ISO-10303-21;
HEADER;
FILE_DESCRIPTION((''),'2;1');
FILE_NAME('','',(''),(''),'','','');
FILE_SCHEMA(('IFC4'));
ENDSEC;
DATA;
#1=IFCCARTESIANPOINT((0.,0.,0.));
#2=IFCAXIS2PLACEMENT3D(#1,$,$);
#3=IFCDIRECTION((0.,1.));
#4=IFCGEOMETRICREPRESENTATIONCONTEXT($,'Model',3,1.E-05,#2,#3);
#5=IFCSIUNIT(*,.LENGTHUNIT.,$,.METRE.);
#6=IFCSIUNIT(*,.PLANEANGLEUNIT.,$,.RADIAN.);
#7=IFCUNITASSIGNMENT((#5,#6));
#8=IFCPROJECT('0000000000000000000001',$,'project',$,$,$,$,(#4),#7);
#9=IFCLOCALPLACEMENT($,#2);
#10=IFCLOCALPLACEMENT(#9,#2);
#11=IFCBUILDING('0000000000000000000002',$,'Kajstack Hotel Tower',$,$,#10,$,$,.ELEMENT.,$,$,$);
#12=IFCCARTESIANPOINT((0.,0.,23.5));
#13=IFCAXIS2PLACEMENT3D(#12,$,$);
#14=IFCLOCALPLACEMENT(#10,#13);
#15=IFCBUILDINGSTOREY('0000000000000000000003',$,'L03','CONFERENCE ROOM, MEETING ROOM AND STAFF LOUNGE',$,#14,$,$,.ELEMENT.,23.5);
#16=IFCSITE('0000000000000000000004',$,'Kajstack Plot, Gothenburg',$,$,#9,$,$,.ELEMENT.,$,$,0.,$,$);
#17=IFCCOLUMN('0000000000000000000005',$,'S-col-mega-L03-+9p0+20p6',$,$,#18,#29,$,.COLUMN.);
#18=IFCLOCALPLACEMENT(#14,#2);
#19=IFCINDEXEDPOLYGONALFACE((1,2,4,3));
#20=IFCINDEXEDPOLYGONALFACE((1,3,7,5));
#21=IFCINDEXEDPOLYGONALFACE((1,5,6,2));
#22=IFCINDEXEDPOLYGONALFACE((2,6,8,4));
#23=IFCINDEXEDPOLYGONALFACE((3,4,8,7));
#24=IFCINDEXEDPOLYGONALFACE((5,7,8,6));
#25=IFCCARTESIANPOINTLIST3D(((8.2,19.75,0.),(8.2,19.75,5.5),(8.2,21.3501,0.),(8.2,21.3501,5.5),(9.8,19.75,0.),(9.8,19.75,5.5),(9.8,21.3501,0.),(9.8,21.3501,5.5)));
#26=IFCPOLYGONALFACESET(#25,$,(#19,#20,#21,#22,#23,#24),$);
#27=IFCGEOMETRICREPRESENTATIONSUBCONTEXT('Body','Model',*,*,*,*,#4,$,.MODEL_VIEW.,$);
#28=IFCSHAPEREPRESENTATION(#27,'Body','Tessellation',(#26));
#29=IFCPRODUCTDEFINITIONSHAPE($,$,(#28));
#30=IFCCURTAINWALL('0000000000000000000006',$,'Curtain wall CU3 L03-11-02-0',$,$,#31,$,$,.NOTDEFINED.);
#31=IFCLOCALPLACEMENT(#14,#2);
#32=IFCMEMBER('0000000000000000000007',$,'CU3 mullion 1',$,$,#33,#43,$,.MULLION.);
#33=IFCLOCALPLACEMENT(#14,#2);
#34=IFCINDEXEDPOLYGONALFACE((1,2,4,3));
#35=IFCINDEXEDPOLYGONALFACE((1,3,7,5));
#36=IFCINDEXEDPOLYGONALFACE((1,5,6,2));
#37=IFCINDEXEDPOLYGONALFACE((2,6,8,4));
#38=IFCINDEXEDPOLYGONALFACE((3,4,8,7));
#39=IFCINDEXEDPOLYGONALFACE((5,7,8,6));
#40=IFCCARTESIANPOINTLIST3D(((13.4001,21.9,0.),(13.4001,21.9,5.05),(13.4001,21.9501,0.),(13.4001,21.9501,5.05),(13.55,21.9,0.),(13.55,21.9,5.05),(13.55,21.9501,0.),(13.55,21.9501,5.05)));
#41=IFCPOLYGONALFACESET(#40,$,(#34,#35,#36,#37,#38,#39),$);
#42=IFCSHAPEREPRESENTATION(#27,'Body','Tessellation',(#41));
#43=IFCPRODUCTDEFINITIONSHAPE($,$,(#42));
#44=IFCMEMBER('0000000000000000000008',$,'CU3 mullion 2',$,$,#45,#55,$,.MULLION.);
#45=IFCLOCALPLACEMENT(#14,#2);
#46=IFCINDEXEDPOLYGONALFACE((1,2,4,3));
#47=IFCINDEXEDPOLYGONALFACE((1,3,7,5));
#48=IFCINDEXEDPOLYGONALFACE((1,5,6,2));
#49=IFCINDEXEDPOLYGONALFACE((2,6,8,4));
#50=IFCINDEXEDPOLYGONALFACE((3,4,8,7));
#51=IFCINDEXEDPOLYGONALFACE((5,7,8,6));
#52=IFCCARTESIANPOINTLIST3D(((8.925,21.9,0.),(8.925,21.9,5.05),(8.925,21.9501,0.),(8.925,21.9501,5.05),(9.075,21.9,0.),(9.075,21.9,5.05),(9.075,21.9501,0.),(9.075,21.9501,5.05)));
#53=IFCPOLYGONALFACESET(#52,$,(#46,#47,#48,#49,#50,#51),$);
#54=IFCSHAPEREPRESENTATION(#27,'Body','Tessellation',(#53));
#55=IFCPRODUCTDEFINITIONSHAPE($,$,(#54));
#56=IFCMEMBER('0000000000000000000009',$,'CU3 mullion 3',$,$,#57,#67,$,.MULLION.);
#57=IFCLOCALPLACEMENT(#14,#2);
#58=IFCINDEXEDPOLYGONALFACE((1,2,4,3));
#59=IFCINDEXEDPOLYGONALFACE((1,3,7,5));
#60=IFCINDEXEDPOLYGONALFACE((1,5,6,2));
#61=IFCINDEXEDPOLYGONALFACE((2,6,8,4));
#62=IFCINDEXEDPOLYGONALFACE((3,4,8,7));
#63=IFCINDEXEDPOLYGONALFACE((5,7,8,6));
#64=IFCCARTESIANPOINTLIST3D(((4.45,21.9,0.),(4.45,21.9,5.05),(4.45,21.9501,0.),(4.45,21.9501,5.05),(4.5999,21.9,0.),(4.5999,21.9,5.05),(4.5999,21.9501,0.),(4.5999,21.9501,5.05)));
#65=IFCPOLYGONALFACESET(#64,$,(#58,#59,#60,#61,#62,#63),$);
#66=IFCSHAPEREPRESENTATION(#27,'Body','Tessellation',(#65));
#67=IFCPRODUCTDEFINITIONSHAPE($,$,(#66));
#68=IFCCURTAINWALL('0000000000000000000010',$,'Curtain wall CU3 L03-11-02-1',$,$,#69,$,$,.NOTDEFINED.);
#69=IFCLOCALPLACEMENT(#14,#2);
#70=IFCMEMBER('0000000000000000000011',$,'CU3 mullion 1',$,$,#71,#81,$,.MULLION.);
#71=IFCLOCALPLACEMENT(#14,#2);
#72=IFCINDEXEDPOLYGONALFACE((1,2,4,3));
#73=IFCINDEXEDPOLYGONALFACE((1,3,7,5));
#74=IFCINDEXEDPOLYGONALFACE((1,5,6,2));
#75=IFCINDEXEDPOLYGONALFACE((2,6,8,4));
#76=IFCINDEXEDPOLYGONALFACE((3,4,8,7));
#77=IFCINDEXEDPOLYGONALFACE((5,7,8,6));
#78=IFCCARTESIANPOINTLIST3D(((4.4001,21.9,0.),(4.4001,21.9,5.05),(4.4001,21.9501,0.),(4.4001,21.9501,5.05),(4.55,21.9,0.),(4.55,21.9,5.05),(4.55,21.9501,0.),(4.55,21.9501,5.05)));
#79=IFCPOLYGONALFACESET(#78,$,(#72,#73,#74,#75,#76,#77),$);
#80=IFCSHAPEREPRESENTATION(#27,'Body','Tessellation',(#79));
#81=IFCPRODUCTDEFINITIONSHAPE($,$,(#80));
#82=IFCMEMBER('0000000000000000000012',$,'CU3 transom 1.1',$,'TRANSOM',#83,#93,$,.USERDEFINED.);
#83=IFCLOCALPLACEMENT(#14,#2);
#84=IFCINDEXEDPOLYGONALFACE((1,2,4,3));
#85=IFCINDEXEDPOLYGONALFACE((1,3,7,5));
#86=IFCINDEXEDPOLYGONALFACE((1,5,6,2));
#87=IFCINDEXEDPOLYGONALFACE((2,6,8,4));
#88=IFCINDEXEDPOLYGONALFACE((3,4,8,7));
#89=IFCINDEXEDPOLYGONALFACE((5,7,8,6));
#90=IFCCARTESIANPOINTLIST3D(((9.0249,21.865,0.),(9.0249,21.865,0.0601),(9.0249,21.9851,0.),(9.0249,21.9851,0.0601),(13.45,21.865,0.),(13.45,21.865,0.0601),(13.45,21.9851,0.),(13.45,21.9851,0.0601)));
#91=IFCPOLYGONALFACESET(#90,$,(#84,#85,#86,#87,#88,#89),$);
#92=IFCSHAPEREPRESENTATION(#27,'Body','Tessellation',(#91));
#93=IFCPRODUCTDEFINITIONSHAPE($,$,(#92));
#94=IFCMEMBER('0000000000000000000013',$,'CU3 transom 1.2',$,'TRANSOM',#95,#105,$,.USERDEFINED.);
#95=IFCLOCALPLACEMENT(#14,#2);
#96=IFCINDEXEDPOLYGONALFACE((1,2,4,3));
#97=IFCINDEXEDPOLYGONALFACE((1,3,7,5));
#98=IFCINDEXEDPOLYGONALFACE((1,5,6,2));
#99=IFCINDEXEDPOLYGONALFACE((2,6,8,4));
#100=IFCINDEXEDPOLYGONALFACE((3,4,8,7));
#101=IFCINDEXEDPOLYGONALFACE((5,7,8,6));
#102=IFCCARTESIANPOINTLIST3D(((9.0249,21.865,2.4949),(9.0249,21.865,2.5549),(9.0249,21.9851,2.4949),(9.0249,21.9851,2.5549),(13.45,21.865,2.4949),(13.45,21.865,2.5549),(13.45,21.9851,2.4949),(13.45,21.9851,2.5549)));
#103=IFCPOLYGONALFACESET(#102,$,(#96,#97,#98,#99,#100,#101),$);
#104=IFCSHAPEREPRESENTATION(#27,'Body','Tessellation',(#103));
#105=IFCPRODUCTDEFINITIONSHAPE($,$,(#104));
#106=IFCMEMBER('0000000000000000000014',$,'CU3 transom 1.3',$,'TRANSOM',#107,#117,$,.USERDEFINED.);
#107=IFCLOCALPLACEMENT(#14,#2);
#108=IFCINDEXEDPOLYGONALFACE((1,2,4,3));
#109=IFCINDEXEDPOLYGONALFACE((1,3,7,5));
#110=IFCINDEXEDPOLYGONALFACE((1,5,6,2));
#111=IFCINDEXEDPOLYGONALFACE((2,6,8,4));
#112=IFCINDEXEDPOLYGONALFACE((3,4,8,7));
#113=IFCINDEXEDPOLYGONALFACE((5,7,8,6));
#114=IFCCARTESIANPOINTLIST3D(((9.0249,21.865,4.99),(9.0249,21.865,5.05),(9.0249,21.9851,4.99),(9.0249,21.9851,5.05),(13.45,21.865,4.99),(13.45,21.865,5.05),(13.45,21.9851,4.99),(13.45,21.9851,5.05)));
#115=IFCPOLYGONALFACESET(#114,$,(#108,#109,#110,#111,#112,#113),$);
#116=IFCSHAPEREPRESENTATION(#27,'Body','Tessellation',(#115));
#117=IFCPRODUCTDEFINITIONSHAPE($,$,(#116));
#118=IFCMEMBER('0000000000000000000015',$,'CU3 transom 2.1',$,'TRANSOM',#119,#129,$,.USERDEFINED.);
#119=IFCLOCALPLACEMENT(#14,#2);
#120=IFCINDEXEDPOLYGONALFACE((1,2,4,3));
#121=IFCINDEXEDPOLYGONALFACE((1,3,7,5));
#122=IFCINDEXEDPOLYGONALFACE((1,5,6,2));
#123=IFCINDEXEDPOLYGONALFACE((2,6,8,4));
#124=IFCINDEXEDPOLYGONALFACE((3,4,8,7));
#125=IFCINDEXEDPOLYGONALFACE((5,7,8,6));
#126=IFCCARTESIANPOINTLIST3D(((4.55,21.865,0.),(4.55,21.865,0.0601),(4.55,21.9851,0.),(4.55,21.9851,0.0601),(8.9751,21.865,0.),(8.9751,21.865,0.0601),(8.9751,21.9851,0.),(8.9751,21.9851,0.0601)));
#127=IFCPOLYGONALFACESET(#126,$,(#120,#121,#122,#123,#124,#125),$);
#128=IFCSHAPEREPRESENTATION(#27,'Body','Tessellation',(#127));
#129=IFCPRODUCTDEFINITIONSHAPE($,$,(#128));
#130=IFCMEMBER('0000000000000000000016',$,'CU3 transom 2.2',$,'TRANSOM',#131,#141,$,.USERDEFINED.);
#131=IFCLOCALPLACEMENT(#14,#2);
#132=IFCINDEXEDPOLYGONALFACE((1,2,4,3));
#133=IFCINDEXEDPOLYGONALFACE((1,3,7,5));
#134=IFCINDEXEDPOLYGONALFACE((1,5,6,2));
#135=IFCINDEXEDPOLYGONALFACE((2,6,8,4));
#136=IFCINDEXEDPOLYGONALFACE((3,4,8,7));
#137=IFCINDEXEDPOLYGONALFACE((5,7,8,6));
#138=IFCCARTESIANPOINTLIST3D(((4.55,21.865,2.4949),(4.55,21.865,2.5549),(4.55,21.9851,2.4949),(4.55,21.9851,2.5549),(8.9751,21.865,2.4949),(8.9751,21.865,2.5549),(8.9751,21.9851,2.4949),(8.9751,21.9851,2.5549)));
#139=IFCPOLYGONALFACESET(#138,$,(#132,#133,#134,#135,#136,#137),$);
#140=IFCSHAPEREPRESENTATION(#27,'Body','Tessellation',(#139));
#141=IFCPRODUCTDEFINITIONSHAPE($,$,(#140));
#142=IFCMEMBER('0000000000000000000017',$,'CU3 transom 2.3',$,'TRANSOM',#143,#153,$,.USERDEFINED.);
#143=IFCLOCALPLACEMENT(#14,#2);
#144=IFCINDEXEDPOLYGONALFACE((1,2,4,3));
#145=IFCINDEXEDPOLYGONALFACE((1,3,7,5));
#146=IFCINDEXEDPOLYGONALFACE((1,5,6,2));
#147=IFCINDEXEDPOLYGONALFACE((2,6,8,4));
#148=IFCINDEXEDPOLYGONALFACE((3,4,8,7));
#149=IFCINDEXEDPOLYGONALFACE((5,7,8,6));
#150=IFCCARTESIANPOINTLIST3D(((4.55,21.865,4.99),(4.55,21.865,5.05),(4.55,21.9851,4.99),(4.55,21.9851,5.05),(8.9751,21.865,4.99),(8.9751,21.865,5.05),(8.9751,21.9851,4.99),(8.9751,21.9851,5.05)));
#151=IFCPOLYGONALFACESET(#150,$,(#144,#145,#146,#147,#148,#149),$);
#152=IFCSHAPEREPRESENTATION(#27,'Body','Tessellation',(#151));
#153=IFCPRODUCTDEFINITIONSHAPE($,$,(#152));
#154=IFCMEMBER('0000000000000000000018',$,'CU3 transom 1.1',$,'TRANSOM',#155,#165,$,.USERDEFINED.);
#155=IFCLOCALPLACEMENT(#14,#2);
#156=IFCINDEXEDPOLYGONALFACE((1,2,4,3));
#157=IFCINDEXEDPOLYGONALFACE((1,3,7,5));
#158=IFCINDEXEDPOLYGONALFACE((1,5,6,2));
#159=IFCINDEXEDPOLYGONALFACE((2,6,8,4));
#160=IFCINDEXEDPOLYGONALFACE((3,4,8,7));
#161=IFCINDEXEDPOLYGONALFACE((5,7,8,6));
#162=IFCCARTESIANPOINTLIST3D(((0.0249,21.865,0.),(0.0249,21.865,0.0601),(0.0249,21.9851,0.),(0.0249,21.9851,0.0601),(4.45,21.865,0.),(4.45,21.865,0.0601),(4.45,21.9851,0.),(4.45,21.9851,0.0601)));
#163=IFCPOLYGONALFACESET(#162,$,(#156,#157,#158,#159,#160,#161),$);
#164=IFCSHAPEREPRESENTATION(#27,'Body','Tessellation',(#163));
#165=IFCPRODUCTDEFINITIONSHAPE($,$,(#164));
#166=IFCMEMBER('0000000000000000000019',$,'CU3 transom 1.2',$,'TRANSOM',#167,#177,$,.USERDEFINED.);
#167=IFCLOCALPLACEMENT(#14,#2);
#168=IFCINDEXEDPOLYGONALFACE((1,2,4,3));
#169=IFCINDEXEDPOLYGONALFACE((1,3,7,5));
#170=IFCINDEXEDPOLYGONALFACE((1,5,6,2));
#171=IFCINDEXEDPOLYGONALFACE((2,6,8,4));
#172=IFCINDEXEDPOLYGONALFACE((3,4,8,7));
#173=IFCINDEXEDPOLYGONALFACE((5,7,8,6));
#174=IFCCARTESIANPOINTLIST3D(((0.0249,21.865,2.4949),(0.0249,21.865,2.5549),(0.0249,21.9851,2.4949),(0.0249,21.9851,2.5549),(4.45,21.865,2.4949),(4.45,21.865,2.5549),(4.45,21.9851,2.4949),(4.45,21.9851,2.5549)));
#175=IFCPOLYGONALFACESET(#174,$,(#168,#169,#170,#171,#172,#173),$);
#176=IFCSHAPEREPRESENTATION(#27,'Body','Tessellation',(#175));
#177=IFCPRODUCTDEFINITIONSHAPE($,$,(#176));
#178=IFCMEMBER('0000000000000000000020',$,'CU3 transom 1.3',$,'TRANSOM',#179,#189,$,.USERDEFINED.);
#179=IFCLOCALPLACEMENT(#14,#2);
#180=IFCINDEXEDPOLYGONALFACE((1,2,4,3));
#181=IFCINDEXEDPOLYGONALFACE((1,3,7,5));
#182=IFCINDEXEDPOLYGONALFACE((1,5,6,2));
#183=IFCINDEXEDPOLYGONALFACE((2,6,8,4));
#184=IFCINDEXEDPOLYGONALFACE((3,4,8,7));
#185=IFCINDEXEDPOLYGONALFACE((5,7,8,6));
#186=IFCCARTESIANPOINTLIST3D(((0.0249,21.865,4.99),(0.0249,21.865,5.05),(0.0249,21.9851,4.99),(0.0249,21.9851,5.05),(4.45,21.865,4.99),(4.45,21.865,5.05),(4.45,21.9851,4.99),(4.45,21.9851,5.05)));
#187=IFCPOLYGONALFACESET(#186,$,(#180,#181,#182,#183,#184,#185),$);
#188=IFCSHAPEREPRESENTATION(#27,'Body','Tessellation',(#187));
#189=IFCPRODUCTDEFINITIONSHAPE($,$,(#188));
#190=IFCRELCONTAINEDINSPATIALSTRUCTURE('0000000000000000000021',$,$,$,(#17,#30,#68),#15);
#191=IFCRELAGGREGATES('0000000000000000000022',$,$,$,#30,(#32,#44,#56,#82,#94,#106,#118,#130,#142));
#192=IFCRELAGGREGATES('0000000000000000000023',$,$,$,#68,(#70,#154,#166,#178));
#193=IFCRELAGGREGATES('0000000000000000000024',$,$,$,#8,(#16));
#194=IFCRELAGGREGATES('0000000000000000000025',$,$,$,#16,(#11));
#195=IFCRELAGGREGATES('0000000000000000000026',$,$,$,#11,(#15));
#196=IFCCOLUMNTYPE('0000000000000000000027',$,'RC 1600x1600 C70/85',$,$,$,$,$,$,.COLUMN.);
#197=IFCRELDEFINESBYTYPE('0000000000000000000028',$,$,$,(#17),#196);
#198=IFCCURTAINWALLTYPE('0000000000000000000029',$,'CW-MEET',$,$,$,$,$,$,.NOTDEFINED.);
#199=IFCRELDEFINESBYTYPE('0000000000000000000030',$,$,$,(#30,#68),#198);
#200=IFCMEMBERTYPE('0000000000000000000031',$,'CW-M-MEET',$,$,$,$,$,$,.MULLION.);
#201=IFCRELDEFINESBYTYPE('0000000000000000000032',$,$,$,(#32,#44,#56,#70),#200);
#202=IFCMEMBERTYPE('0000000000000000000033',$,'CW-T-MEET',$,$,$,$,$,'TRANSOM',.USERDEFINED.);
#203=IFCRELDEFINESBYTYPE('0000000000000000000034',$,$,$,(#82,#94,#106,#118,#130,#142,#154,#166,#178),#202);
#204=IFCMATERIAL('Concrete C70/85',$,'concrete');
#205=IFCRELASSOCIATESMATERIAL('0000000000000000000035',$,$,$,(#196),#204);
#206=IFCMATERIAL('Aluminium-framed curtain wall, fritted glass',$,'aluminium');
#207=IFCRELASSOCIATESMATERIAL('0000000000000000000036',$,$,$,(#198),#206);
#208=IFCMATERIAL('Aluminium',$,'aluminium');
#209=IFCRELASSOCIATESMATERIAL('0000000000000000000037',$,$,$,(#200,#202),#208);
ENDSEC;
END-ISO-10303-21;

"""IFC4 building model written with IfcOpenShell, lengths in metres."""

from ifc_helpers import new_model, si_unit, direction, frame, origin, origin_2d, place, context, subcontext, project, spatial, rectangle, extrude, material, material_profile, profile_set, type_object, element, aggregate, save


model = new_model("IFC4")

# Units and contexts
model_context = context("Model", 3, precision=1e-05, world=origin(), true_north=direction((0.0, 1.0)))
body_context = subcontext(model_context, "Body", "Model", "MODEL_VIEW")
ifc_project = project(units=[si_unit("LENGTHUNIT", "METRE"), si_unit("PLANEANGLEUNIT", "RADIAN")], contexts=[model_context])

# Site, building, storey
site_placement = place(None, origin())
site = spatial("IfcSite", under=ifc_project, at=site_placement, Name="Kajstack Plot, Gothenburg", CompositionType="ELEMENT", RefElevation=0.0)
building_placement = place(site_placement, origin())
building = spatial("IfcBuilding", under=site, at=building_placement, Name="Kajstack Hotel Tower", CompositionType="ELEMENT")
storey_placement = place(building_placement, frame((0.0, 0.0, 23.5)))
storey = spatial("IfcBuildingStorey", under=building, at=storey_placement, Name="L03", Description="CONFERENCE ROOM, MEETING ROOM AND STAFF LOUNGE", CompositionType="ELEMENT", Elevation=23.5)

# Column
ifc_material_1 = material(Name="Concrete C70/85", Category="concrete")
ifc_material_profile_1 = material_profile(ifc_material_1, rectangle(XDim=1.6001, YDim=1.6001, at=origin_2d()), Name="RC 1600x1600")
ifc_profile_set_1 = profile_set([ifc_material_profile_1], Name="Concrete C70/85")
column_type = type_object("IfcColumnType", Name="RC 1600x1600 C70/85", PredefinedType="COLUMN", material=ifc_profile_set_1)
column_placement = place(storey_placement, frame((9.0, 20.55, 0.0), z_axis=(0.0, 0.0, 1.0), x_axis=(1.0, 0.0, 0.0)))
element("IfcColumn", 1, at=column_placement, inside=storey, type_object=column_type, Name="S-col-mega-L03-+9p0+20p6", PredefinedType="COLUMN", context=body_context, shape_type="SweptSolid", body=[
    extrude(rectangle(XDim=1.6001, YDim=1.6001, at=origin_2d()), origin(), (0.0, 0.0, 1.0), 5.5),
])

# Curtain wall, members
ifc_material_2 = material(Name="Aluminium-framed curtain wall, fritted glass", Category="aluminium")
curtain_wall_type = type_object("IfcCurtainWallType", Name="CW-MEET", PredefinedType="NOTDEFINED", material=ifc_material_2)
curtain_wall_1_placement = place(storey_placement, origin())
curtain_wall_1 = element("IfcCurtainWall", 2, at=curtain_wall_1_placement, inside=storey, type_object=curtain_wall_type, Name="Curtain wall CU3 L03-11-02-0", PredefinedType="NOTDEFINED")
ifc_material_3 = material(Name="Aluminium", Category="aluminium")
ifc_material_profile_2 = material_profile(ifc_material_3, rectangle(XDim=0.05, YDim=0.1499, at=origin_2d()), Name="Aluminium mullion 50 x 150")
ifc_profile_set_2 = profile_set([ifc_material_profile_2], Name="Aluminium")
member_type_1 = type_object("IfcMemberType", Name="CW-M-MEET", PredefinedType="MULLION", material=ifc_profile_set_2)
member_1_placement = place(storey_placement, frame((13.4751, 21.925, 0.0), z_axis=(0.0, 0.0, 1.0), x_axis=(0.0, -1.0, 0.0)))
member_1 = element("IfcMember", 3, at=member_1_placement, type_object=member_type_1, Name="CU3 mullion 1", PredefinedType="MULLION", context=body_context, shape_type="SweptSolid", body=[
    extrude(rectangle(XDim=0.05, YDim=0.1499, at=origin_2d()), origin(), (0.0, 0.0, 1.0), 5.05),
])
member_2_placement = place(storey_placement, frame((9.0, 21.925, 0.0), z_axis=(0.0, 0.0, 1.0), x_axis=(0.0, -1.0, 0.0)))
member_2 = element("IfcMember", 4, at=member_2_placement, type_object=member_type_1, Name="CU3 mullion 2", PredefinedType="MULLION", context=body_context, shape_type="SweptSolid", body=[
    extrude(rectangle(XDim=0.05, YDim=0.1499, at=origin_2d()), origin(), (0.0, 0.0, 1.0), 5.05),
])
member_3_placement = place(storey_placement, frame((4.5249, 21.925, 0.0), z_axis=(0.0, 0.0, 1.0), x_axis=(0.0, -1.0, 0.0)))
member_3 = element("IfcMember", 5, at=member_3_placement, type_object=member_type_1, Name="CU3 mullion 3", PredefinedType="MULLION", context=body_context, shape_type="SweptSolid", body=[
    extrude(rectangle(XDim=0.05, YDim=0.1499, at=origin_2d()), origin(), (0.0, 0.0, 1.0), 5.05),
])

# Curtain wall, member
curtain_wall_2_placement = place(storey_placement, origin())
curtain_wall_2 = element("IfcCurtainWall", 6, at=curtain_wall_2_placement, inside=storey, type_object=curtain_wall_type, Name="Curtain wall CU3 L03-11-02-1", PredefinedType="NOTDEFINED")
member_4_placement = place(storey_placement, frame((4.4751, 21.925, 0.0), z_axis=(0.0, 0.0, 1.0), x_axis=(0.0, -1.0, 0.0)))
member_4 = element("IfcMember", 7, at=member_4_placement, type_object=member_type_1, Name="CU3 mullion 1", PredefinedType="MULLION", context=body_context, shape_type="SweptSolid", body=[
    extrude(rectangle(XDim=0.05, YDim=0.1499, at=origin_2d()), origin(), (0.0, 0.0, 1.0), 5.05),
])

# Members
ifc_material_profile_3 = material_profile(ifc_material_3, rectangle(XDim=0.1201, YDim=0.0601, at=origin_2d()), Name="Aluminium transom 120 x 60")
ifc_profile_set_3 = profile_set([ifc_material_profile_3], Name="Aluminium")
member_type_2 = type_object("IfcMemberType", Name="CW-T-MEET", ElementType="TRANSOM", PredefinedType="USERDEFINED", material=ifc_profile_set_3)
member_5_placement = place(storey_placement, frame((13.45, 21.925, 0.03), z_axis=(-1.0, 0.0, 0.0), x_axis=(0.0, -1.0, 0.0)))
member_5 = element("IfcMember", 8, at=member_5_placement, type_object=member_type_2, Name="CU3 transom 1.1", ObjectType="TRANSOM", PredefinedType="USERDEFINED", context=body_context, shape_type="SweptSolid", body=[
    extrude(rectangle(XDim=0.1201, YDim=0.0601, at=origin_2d()), origin(), (0.0, 0.0, 1.0), 4.425),
])
member_6_placement = place(storey_placement, frame((13.45, 21.925, 2.5249), z_axis=(-1.0, 0.0, 0.0), x_axis=(0.0, -1.0, 0.0)))
member_6 = element("IfcMember", 9, at=member_6_placement, type_object=member_type_2, Name="CU3 transom 1.2", ObjectType="TRANSOM", PredefinedType="USERDEFINED", context=body_context, shape_type="SweptSolid", body=[
    extrude(rectangle(XDim=0.1201, YDim=0.0601, at=origin_2d()), origin(), (0.0, 0.0, 1.0), 4.425),
])
member_7_placement = place(storey_placement, frame((13.45, 21.925, 5.02), z_axis=(-1.0, 0.0, 0.0), x_axis=(0.0, -1.0, 0.0)))
member_7 = element("IfcMember", 10, at=member_7_placement, type_object=member_type_2, Name="CU3 transom 1.3", ObjectType="TRANSOM", PredefinedType="USERDEFINED", context=body_context, shape_type="SweptSolid", body=[
    extrude(rectangle(XDim=0.1201, YDim=0.0601, at=origin_2d()), origin(), (0.0, 0.0, 1.0), 4.425),
])
member_8_placement = place(storey_placement, frame((8.9751, 21.925, 0.03), z_axis=(-1.0, 0.0, 0.0), x_axis=(0.0, -1.0, 0.0)))
member_8 = element("IfcMember", 11, at=member_8_placement, type_object=member_type_2, Name="CU3 transom 2.1", ObjectType="TRANSOM", PredefinedType="USERDEFINED", context=body_context, shape_type="SweptSolid", body=[
    extrude(rectangle(XDim=0.1201, YDim=0.0601, at=origin_2d()), origin(), (0.0, 0.0, 1.0), 4.425),
])
member_9_placement = place(storey_placement, frame((8.9751, 21.925, 2.5249), z_axis=(-1.0, 0.0, 0.0), x_axis=(0.0, -1.0, 0.0)))
member_9 = element("IfcMember", 12, at=member_9_placement, type_object=member_type_2, Name="CU3 transom 2.2", ObjectType="TRANSOM", PredefinedType="USERDEFINED", context=body_context, shape_type="SweptSolid", body=[
    extrude(rectangle(XDim=0.1201, YDim=0.0601, at=origin_2d()), origin(), (0.0, 0.0, 1.0), 4.425),
])
member_10_placement = place(storey_placement, frame((8.9751, 21.925, 5.02), z_axis=(-1.0, 0.0, 0.0), x_axis=(0.0, -1.0, 0.0)))
member_10 = element("IfcMember", 13, at=member_10_placement, type_object=member_type_2, Name="CU3 transom 2.3", ObjectType="TRANSOM", PredefinedType="USERDEFINED", context=body_context, shape_type="SweptSolid", body=[
    extrude(rectangle(XDim=0.1201, YDim=0.0601, at=origin_2d()), origin(), (0.0, 0.0, 1.0), 4.425),
])
member_11_placement = place(storey_placement, frame((4.45, 21.925, 0.03), z_axis=(-1.0, 0.0, 0.0), x_axis=(0.0, -1.0, 0.0)))
member_11 = element("IfcMember", 14, at=member_11_placement, type_object=member_type_2, Name="CU3 transom 1.1", ObjectType="TRANSOM", PredefinedType="USERDEFINED", context=body_context, shape_type="SweptSolid", body=[
    extrude(rectangle(XDim=0.1201, YDim=0.0601, at=origin_2d()), origin(), (0.0, 0.0, 1.0), 4.425),
])
member_12_placement = place(storey_placement, frame((4.45, 21.925, 2.5249), z_axis=(-1.0, 0.0, 0.0), x_axis=(0.0, -1.0, 0.0)))
member_12 = element("IfcMember", 15, at=member_12_placement, type_object=member_type_2, Name="CU3 transom 1.2", ObjectType="TRANSOM", PredefinedType="USERDEFINED", context=body_context, shape_type="SweptSolid", body=[
    extrude(rectangle(XDim=0.1201, YDim=0.0601, at=origin_2d()), origin(), (0.0, 0.0, 1.0), 4.425),
])
member_13_placement = place(storey_placement, frame((4.45, 21.925, 5.02), z_axis=(-1.0, 0.0, 0.0), x_axis=(0.0, -1.0, 0.0)))
member_13 = element("IfcMember", 16, at=member_13_placement, type_object=member_type_2, Name="CU3 transom 1.3", ObjectType="TRANSOM", PredefinedType="USERDEFINED", context=body_context, shape_type="SweptSolid", body=[
    extrude(rectangle(XDim=0.1201, YDim=0.0601, at=origin_2d()), origin(), (0.0, 0.0, 1.0), 4.425),
])

aggregate(curtain_wall_1, [member_1, member_2, member_3, member_5, member_6, member_7, member_8, member_9, member_10])
aggregate(curtain_wall_2, [member_4, member_11, member_12, member_13])

save(model, "model.ifc")
